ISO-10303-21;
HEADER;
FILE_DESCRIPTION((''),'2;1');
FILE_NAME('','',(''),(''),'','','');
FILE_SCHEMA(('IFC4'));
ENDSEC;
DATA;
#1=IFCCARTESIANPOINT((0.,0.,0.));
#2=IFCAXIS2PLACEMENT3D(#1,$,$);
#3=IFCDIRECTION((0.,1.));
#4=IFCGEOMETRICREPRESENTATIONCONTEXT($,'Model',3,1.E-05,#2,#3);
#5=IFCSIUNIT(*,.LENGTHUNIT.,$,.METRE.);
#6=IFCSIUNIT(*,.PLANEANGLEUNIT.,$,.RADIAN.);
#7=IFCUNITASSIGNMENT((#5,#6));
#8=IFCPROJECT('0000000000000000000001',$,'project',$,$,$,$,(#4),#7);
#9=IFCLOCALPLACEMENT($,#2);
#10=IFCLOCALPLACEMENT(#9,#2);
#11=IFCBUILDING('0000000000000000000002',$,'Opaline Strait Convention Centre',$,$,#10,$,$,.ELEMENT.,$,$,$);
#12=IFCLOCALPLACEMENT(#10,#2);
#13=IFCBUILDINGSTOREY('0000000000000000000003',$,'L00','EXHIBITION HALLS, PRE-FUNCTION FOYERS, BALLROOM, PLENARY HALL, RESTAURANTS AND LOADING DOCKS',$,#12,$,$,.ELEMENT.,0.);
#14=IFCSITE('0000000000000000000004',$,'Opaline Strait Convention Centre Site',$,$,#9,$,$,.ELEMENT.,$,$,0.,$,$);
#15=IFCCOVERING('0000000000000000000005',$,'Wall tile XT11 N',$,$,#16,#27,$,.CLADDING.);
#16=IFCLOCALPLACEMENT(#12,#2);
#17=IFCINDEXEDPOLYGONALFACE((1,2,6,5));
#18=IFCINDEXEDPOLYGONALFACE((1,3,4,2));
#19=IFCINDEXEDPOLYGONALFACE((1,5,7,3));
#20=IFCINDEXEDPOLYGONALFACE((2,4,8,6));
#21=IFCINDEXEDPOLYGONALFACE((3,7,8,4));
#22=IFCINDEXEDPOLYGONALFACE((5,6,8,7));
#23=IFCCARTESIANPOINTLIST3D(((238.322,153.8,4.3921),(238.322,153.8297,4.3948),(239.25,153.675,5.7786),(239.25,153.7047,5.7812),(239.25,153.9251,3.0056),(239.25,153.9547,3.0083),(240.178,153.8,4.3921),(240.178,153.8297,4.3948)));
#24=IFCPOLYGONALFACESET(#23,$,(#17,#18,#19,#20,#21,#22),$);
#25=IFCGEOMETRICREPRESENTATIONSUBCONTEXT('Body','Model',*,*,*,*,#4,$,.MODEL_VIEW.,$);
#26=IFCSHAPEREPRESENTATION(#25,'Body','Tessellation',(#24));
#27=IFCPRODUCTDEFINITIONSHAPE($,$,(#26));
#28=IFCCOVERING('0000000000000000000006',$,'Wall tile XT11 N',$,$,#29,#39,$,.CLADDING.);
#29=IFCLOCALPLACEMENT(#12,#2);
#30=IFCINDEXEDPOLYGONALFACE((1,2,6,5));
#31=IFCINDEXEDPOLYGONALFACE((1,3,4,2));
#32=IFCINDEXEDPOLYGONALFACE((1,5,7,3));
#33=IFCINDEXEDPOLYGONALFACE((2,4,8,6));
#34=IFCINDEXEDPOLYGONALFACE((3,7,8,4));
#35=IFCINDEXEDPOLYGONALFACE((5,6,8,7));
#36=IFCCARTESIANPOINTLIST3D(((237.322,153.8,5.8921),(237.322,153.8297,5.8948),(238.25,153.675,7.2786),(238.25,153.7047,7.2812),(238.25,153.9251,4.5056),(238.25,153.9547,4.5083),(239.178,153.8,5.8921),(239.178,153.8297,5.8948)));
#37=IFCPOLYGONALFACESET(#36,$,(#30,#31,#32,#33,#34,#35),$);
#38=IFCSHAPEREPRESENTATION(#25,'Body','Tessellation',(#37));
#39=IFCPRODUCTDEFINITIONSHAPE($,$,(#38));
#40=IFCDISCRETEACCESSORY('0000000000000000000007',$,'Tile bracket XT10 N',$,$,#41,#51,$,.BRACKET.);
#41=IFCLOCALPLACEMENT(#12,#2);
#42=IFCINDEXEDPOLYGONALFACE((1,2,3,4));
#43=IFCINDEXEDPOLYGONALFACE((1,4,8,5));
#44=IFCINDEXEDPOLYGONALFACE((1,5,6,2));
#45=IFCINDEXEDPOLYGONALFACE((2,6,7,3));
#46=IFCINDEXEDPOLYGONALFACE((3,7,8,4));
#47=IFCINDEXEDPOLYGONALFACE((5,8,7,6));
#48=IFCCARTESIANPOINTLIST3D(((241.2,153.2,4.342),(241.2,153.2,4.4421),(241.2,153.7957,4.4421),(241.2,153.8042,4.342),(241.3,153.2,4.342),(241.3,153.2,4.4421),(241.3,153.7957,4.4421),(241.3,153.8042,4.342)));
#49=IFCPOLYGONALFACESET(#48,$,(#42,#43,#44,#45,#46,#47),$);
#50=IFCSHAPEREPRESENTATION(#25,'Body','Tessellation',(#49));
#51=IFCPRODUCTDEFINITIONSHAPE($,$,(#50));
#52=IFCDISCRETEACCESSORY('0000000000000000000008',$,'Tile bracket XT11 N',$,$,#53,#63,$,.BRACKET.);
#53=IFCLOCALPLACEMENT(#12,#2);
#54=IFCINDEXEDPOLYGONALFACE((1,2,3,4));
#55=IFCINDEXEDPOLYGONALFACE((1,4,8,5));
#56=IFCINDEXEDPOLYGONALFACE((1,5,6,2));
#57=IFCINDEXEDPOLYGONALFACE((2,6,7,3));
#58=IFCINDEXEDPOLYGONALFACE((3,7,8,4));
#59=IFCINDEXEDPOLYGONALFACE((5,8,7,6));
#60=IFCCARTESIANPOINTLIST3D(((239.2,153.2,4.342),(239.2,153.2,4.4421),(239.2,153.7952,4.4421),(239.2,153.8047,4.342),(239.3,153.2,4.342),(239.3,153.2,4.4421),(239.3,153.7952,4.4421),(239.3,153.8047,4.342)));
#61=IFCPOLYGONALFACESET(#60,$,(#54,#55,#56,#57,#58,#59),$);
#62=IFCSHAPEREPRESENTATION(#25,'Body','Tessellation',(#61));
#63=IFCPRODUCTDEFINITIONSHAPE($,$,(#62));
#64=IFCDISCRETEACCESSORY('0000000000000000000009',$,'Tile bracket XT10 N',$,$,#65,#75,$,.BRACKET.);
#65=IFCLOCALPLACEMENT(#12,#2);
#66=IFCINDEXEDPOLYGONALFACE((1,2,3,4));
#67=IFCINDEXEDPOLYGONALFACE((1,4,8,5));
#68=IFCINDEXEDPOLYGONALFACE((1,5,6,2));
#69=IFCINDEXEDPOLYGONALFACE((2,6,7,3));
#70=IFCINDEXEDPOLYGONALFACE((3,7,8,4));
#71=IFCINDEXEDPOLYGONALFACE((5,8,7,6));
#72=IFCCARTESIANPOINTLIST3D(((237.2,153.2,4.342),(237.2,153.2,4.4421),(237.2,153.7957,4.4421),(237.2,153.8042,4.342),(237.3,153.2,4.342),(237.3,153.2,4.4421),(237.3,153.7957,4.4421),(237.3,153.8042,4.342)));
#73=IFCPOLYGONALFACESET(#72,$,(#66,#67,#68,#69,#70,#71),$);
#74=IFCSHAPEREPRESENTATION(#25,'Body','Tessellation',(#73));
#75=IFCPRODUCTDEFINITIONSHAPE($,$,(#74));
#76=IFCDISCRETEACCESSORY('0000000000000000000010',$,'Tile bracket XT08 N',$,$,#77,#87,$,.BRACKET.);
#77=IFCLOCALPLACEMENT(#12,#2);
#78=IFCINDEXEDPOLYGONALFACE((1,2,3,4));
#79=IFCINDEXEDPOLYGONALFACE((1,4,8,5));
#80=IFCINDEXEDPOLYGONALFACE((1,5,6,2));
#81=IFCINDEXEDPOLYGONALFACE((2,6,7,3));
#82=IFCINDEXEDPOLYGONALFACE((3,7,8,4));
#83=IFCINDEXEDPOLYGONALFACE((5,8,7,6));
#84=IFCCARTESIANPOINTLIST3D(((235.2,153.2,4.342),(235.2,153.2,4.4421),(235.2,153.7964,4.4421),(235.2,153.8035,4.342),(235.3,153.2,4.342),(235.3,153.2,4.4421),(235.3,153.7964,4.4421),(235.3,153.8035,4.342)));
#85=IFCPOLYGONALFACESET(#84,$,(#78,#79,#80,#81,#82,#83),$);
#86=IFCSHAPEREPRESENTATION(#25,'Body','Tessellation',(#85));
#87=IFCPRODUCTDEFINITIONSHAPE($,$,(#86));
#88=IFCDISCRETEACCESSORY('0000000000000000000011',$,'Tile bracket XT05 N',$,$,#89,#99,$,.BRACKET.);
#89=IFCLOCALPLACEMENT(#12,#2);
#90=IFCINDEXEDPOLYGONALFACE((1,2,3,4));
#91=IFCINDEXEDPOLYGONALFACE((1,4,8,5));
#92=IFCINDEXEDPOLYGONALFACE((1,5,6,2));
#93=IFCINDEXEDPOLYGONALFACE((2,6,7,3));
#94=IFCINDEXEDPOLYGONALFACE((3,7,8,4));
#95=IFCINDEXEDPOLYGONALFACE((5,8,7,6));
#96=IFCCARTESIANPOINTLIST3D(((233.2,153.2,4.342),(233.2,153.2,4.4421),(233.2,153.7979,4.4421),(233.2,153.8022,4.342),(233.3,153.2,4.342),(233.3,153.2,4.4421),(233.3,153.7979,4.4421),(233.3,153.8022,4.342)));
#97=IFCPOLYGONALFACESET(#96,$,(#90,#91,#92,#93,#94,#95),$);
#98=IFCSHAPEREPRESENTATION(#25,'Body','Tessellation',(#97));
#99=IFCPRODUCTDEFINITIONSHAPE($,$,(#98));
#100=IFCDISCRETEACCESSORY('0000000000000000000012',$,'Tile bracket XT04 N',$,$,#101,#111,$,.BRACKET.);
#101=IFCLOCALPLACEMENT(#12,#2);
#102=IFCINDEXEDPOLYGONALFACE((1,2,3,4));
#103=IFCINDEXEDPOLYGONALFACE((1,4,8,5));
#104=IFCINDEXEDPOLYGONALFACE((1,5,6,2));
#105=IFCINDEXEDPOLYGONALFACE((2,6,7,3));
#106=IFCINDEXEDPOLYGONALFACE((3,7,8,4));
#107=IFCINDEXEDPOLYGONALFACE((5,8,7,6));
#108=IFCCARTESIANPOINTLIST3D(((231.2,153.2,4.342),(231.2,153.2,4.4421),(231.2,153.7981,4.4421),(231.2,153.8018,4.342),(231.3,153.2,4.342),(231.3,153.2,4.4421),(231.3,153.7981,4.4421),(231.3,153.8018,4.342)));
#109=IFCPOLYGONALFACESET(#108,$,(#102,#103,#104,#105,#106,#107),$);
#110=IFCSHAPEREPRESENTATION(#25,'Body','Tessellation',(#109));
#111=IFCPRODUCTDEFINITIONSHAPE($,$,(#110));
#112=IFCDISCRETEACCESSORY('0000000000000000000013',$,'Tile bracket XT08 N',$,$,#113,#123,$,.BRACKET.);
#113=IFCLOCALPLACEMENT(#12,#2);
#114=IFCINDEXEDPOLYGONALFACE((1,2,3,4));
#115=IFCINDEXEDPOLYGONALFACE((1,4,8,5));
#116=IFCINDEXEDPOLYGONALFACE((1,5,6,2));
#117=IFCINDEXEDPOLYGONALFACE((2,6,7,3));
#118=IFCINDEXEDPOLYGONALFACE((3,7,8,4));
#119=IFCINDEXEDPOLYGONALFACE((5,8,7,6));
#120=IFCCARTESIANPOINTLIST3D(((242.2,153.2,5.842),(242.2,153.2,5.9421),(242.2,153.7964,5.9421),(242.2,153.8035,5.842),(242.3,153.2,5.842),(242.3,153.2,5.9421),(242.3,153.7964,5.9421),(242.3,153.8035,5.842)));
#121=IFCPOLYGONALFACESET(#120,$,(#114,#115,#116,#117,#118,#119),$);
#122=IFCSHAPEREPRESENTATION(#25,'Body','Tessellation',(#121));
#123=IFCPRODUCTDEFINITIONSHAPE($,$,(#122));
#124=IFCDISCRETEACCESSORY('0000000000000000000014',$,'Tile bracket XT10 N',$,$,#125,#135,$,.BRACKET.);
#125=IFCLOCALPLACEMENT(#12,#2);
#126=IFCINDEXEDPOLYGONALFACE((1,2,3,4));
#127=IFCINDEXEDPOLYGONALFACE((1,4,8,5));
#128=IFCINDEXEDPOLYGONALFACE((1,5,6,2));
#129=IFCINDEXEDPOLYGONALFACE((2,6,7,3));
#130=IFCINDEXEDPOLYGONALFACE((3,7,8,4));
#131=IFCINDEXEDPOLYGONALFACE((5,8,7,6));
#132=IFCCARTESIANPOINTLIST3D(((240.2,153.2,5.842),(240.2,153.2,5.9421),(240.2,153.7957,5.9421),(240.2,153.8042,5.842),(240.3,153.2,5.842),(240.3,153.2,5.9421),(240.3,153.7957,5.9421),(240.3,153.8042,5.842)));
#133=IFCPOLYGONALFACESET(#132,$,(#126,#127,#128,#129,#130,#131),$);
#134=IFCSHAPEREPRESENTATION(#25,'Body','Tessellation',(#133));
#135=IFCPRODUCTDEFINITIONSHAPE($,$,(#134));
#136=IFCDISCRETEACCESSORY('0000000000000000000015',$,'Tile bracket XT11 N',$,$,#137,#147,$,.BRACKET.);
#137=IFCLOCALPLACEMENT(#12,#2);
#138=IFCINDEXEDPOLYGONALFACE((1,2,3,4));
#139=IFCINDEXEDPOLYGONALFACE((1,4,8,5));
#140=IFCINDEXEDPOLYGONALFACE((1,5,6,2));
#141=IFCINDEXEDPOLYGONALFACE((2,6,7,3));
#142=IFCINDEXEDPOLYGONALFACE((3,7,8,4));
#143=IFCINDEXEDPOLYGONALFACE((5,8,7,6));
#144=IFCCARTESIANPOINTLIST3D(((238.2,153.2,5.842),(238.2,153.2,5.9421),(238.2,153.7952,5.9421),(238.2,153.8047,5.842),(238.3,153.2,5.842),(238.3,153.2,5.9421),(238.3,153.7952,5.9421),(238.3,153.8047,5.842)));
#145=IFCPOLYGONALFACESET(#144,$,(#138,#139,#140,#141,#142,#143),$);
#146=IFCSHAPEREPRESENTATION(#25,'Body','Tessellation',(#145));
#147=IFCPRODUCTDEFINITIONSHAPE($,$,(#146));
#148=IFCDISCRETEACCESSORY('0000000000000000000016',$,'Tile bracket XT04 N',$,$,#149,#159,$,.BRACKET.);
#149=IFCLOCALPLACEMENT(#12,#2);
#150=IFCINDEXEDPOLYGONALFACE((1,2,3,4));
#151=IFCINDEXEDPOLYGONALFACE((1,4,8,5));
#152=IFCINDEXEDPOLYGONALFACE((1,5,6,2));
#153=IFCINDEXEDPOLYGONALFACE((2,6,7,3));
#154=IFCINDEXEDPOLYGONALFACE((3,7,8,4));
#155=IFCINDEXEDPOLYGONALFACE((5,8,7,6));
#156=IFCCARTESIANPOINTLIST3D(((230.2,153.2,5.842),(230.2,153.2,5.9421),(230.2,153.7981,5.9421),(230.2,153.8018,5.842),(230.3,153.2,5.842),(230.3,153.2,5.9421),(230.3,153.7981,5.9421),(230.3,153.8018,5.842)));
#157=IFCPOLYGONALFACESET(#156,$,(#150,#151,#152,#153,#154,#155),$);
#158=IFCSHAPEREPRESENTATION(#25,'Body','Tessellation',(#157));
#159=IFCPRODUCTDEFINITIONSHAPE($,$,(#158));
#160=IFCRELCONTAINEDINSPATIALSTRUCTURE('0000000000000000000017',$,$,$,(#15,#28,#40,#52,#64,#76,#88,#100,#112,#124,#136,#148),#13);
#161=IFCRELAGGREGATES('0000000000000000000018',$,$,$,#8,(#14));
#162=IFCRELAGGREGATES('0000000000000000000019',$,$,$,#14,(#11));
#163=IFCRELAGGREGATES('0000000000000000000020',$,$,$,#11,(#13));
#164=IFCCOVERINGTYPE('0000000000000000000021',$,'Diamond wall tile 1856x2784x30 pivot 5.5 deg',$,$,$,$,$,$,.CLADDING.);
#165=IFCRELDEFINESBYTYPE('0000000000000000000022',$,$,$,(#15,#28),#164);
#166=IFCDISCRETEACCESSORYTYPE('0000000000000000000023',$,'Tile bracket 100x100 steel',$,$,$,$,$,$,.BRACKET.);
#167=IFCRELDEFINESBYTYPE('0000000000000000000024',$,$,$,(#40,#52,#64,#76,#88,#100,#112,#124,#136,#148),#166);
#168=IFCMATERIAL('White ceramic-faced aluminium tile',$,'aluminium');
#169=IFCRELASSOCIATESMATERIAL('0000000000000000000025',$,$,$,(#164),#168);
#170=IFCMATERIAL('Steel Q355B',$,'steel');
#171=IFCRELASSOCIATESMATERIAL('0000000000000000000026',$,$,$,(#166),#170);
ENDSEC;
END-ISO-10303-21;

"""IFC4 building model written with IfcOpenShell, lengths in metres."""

from ifc_helpers import new_model, si_unit, direction, frame, origin, place, context, subcontext, project, spatial, polyline, outline, extrude, material, material_profile, profile_set, type_object, element, save


model = new_model("IFC4")

# Units and contexts
model_context = context("Model", 3, precision=1e-05, world=origin(), true_north=direction((0.0, 1.0)))
body_context = subcontext(model_context, "Body", "Model", "MODEL_VIEW")
ifc_project = project(units=[si_unit("LENGTHUNIT", "METRE"), si_unit("PLANEANGLEUNIT", "RADIAN")], contexts=[model_context])

# Site, building, storey
site_placement = place(None, origin())
site = spatial("IfcSite", under=ifc_project, at=site_placement, Name="Opaline Strait Convention Centre Site", CompositionType="ELEMENT", RefElevation=0.0)
building_placement = place(site_placement, origin())
building = spatial("IfcBuilding", under=site, at=building_placement, Name="Opaline Strait Convention Centre", CompositionType="ELEMENT")
storey_placement = place(building_placement, origin())
storey = spatial("IfcBuildingStorey", under=building, at=storey_placement, Name="L00", Description="EXHIBITION HALLS, PRE-FUNCTION FOYERS, BALLROOM, PLENARY HALL, RESTAURANTS AND LOADING DOCKS", CompositionType="ELEMENT", Elevation=0.0)

# Shared definitions
ifc_material_1 = material(Name="Steel Q355B", Category="steel")

# Coverings
ifc_material_2 = material(Name="White ceramic-faced aluminium tile", Category="aluminium")
ifc_material_profile_1 = material_profile(ifc_material_2, outline(polyline([(0.928, 0.0), (0.0, 1.3921), (-0.928, 0.0), (0.0, -1.3921), (0.928, 0.0)])), Name="Diamond tile 1856x2784")
ifc_profile_set_1 = profile_set([ifc_material_profile_1], Name="White ceramic-faced aluminium tile")
covering_type_1 = type_object("IfcCoveringType", Name="Diamond wall tile 1856x2784x30 pivot 5.5 deg", PredefinedType="CLADDING", material=ifc_profile_set_1)
for number, where, z_axis, x_axis, name in (
    (1, (239.25, 153.8, 4.3921), (0.0, 0.99596, 0.0898), (-1.0, 0.0, 0.0), "Wall tile XT11 N"),
    (2, (238.25, 153.8, 5.8921), (0.0, 0.99596, 0.0898), (-1.0, 0.0, 0.0), "Wall tile XT11 N"),
):
    element("IfcCovering", number, at=place(storey_placement, frame(where, z_axis=z_axis, x_axis=x_axis)), inside=storey, type_object=covering_type_1, Name=name, PredefinedType="CLADDING", context=body_context, shape_type="SweptSolid", body=[
        extrude(outline(polyline([(0.928, 0.0), (0.0, 1.3921), (-0.928, 0.0), (0.0, -1.3921), (0.928, 0.0)])), origin(), (0.0, 0.0, 1.0), 0.0298),
    ])

# Discrete accessories
discrete_accessory_type = type_object("IfcDiscreteAccessoryType", Name="Tile bracket 100x100 steel", PredefinedType="BRACKET", material=ifc_material_1)
discrete_accessory_1_placement = place(storey_placement, frame((241.3, 153.2, 4.3921), z_axis=(-1.0, 0.0, 0.0), x_axis=(0.0, -1.0, 0.0)))
element("IfcDiscreteAccessory", 3, at=discrete_accessory_1_placement, inside=storey, type_object=discrete_accessory_type, Name="Tile bracket XT10 N", PredefinedType="BRACKET", context=body_context, shape_type="SweptSolid", body=[
    extrude(outline(polyline([(0.0, -0.05), (0.0, 0.05), (-0.5957, 0.05), (-0.6042, -0.05), (0.0, -0.05)])), origin(), (0.0, 0.0, 1.0), 0.1001),
])
discrete_accessory_2_placement = place(storey_placement, frame((239.3, 153.2, 4.3921), z_axis=(-1.0, 0.0, 0.0), x_axis=(0.0, -1.0, 0.0)))
element("IfcDiscreteAccessory", 4, at=discrete_accessory_2_placement, inside=storey, type_object=discrete_accessory_type, Name="Tile bracket XT11 N", PredefinedType="BRACKET", context=body_context, shape_type="SweptSolid", body=[
    extrude(outline(polyline([(0.0, -0.05), (0.0, 0.05), (-0.5952, 0.05), (-0.6047, -0.05), (0.0, -0.05)])), origin(), (0.0, 0.0, 1.0), 0.1001),
])
discrete_accessory_3_placement = place(storey_placement, frame((237.3, 153.2, 4.3921), z_axis=(-1.0, 0.0, 0.0), x_axis=(0.0, -1.0, 0.0)))
element("IfcDiscreteAccessory", 5, at=discrete_accessory_3_placement, inside=storey, type_object=discrete_accessory_type, Name="Tile bracket XT10 N", PredefinedType="BRACKET", context=body_context, shape_type="SweptSolid", body=[
    extrude(outline(polyline([(0.0, -0.05), (0.0, 0.05), (-0.5957, 0.05), (-0.6042, -0.05), (0.0, -0.05)])), origin(), (0.0, 0.0, 1.0), 0.1001),
])
discrete_accessory_4_placement = place(storey_placement, frame((235.3, 153.2, 4.3921), z_axis=(-1.0, 0.0, 0.0), x_axis=(0.0, -1.0, 0.0)))
element("IfcDiscreteAccessory", 6, at=discrete_accessory_4_placement, inside=storey, type_object=discrete_accessory_type, Name="Tile bracket XT08 N", PredefinedType="BRACKET", context=body_context, shape_type="SweptSolid", body=[
    extrude(outline(polyline([(0.0, -0.05), (0.0, 0.05), (-0.5964, 0.05), (-0.6035, -0.05), (0.0, -0.05)])), origin(), (0.0, 0.0, 1.0), 0.1001),
])
discrete_accessory_5_placement = place(storey_placement, frame((233.3, 153.2, 4.3921), z_axis=(-1.0, 0.0, 0.0), x_axis=(0.0, -1.0, 0.0)))
element("IfcDiscreteAccessory", 7, at=discrete_accessory_5_placement, inside=storey, type_object=discrete_accessory_type, Name="Tile bracket XT05 N", PredefinedType="BRACKET", context=body_context, shape_type="SweptSolid", body=[
    extrude(outline(polyline([(0.0, -0.05), (0.0, 0.05), (-0.5979, 0.05), (-0.6023, -0.05), (0.0, -0.05)])), origin(), (0.0, 0.0, 1.0), 0.1001),
])
discrete_accessory_6_placement = place(storey_placement, frame((231.3, 153.2, 4.3921), z_axis=(-1.0, 0.0, 0.0), x_axis=(0.0, -1.0, 0.0)))
element("IfcDiscreteAccessory", 8, at=discrete_accessory_6_placement, inside=storey, type_object=discrete_accessory_type, Name="Tile bracket XT04 N", PredefinedType="BRACKET", context=body_context, shape_type="SweptSolid", body=[
    extrude(outline(polyline([(0.0, -0.05), (0.0, 0.05), (-0.5981, 0.05), (-0.6018, -0.05), (0.0, -0.05)])), origin(), (0.0, 0.0, 1.0), 0.1001),
])
discrete_accessory_7_placement = place(storey_placement, frame((242.3, 153.2, 5.8921), z_axis=(-1.0, 0.0, 0.0), x_axis=(0.0, -1.0, 0.0)))
element("IfcDiscreteAccessory", 9, at=discrete_accessory_7_placement, inside=storey, type_object=discrete_accessory_type, Name="Tile bracket XT08 N", PredefinedType="BRACKET", context=body_context, shape_type="SweptSolid", body=[
    extrude(outline(polyline([(0.0, -0.05), (0.0, 0.05), (-0.5964, 0.05), (-0.6035, -0.05), (0.0, -0.05)])), origin(), (0.0, 0.0, 1.0), 0.1001),
])
discrete_accessory_8_placement = place(storey_placement, frame((240.3, 153.2, 5.8921), z_axis=(-1.0, 0.0, 0.0), x_axis=(0.0, -1.0, 0.0)))
element("IfcDiscreteAccessory", 10, at=discrete_accessory_8_placement, inside=storey, type_object=discrete_accessory_type, Name="Tile bracket XT10 N", PredefinedType="BRACKET", context=body_context, shape_type="SweptSolid", body=[
    extrude(outline(polyline([(0.0, -0.05), (0.0, 0.05), (-0.5957, 0.05), (-0.6042, -0.05), (0.0, -0.05)])), origin(), (0.0, 0.0, 1.0), 0.1001),
])
discrete_accessory_9_placement = place(storey_placement, frame((238.3, 153.2, 5.8921), z_axis=(-1.0, 0.0, 0.0), x_axis=(0.0, -1.0, 0.0)))
element("IfcDiscreteAccessory", 11, at=discrete_accessory_9_placement, inside=storey, type_object=discrete_accessory_type, Name="Tile bracket XT11 N", PredefinedType="BRACKET", context=body_context, shape_type="SweptSolid", body=[
    extrude(outline(polyline([(0.0, -0.05), (0.0, 0.05), (-0.5952, 0.05), (-0.6047, -0.05), (0.0, -0.05)])), origin(), (0.0, 0.0, 1.0), 0.1001),
])
discrete_accessory_10_placement = place(storey_placement, frame((230.3, 153.2, 5.8921), z_axis=(-1.0, 0.0, 0.0), x_axis=(0.0, -1.0, 0.0)))
element("IfcDiscreteAccessory", 12, at=discrete_accessory_10_placement, inside=storey, type_object=discrete_accessory_type, Name="Tile bracket XT04 N", PredefinedType="BRACKET", context=body_context, shape_type="SweptSolid", body=[
    extrude(outline(polyline([(0.0, -0.05), (0.0, 0.05), (-0.5981, 0.05), (-0.6018, -0.05), (0.0, -0.05)])), origin(), (0.0, 0.0, 1.0), 0.1001),
])

save(model, "model.ifc")
